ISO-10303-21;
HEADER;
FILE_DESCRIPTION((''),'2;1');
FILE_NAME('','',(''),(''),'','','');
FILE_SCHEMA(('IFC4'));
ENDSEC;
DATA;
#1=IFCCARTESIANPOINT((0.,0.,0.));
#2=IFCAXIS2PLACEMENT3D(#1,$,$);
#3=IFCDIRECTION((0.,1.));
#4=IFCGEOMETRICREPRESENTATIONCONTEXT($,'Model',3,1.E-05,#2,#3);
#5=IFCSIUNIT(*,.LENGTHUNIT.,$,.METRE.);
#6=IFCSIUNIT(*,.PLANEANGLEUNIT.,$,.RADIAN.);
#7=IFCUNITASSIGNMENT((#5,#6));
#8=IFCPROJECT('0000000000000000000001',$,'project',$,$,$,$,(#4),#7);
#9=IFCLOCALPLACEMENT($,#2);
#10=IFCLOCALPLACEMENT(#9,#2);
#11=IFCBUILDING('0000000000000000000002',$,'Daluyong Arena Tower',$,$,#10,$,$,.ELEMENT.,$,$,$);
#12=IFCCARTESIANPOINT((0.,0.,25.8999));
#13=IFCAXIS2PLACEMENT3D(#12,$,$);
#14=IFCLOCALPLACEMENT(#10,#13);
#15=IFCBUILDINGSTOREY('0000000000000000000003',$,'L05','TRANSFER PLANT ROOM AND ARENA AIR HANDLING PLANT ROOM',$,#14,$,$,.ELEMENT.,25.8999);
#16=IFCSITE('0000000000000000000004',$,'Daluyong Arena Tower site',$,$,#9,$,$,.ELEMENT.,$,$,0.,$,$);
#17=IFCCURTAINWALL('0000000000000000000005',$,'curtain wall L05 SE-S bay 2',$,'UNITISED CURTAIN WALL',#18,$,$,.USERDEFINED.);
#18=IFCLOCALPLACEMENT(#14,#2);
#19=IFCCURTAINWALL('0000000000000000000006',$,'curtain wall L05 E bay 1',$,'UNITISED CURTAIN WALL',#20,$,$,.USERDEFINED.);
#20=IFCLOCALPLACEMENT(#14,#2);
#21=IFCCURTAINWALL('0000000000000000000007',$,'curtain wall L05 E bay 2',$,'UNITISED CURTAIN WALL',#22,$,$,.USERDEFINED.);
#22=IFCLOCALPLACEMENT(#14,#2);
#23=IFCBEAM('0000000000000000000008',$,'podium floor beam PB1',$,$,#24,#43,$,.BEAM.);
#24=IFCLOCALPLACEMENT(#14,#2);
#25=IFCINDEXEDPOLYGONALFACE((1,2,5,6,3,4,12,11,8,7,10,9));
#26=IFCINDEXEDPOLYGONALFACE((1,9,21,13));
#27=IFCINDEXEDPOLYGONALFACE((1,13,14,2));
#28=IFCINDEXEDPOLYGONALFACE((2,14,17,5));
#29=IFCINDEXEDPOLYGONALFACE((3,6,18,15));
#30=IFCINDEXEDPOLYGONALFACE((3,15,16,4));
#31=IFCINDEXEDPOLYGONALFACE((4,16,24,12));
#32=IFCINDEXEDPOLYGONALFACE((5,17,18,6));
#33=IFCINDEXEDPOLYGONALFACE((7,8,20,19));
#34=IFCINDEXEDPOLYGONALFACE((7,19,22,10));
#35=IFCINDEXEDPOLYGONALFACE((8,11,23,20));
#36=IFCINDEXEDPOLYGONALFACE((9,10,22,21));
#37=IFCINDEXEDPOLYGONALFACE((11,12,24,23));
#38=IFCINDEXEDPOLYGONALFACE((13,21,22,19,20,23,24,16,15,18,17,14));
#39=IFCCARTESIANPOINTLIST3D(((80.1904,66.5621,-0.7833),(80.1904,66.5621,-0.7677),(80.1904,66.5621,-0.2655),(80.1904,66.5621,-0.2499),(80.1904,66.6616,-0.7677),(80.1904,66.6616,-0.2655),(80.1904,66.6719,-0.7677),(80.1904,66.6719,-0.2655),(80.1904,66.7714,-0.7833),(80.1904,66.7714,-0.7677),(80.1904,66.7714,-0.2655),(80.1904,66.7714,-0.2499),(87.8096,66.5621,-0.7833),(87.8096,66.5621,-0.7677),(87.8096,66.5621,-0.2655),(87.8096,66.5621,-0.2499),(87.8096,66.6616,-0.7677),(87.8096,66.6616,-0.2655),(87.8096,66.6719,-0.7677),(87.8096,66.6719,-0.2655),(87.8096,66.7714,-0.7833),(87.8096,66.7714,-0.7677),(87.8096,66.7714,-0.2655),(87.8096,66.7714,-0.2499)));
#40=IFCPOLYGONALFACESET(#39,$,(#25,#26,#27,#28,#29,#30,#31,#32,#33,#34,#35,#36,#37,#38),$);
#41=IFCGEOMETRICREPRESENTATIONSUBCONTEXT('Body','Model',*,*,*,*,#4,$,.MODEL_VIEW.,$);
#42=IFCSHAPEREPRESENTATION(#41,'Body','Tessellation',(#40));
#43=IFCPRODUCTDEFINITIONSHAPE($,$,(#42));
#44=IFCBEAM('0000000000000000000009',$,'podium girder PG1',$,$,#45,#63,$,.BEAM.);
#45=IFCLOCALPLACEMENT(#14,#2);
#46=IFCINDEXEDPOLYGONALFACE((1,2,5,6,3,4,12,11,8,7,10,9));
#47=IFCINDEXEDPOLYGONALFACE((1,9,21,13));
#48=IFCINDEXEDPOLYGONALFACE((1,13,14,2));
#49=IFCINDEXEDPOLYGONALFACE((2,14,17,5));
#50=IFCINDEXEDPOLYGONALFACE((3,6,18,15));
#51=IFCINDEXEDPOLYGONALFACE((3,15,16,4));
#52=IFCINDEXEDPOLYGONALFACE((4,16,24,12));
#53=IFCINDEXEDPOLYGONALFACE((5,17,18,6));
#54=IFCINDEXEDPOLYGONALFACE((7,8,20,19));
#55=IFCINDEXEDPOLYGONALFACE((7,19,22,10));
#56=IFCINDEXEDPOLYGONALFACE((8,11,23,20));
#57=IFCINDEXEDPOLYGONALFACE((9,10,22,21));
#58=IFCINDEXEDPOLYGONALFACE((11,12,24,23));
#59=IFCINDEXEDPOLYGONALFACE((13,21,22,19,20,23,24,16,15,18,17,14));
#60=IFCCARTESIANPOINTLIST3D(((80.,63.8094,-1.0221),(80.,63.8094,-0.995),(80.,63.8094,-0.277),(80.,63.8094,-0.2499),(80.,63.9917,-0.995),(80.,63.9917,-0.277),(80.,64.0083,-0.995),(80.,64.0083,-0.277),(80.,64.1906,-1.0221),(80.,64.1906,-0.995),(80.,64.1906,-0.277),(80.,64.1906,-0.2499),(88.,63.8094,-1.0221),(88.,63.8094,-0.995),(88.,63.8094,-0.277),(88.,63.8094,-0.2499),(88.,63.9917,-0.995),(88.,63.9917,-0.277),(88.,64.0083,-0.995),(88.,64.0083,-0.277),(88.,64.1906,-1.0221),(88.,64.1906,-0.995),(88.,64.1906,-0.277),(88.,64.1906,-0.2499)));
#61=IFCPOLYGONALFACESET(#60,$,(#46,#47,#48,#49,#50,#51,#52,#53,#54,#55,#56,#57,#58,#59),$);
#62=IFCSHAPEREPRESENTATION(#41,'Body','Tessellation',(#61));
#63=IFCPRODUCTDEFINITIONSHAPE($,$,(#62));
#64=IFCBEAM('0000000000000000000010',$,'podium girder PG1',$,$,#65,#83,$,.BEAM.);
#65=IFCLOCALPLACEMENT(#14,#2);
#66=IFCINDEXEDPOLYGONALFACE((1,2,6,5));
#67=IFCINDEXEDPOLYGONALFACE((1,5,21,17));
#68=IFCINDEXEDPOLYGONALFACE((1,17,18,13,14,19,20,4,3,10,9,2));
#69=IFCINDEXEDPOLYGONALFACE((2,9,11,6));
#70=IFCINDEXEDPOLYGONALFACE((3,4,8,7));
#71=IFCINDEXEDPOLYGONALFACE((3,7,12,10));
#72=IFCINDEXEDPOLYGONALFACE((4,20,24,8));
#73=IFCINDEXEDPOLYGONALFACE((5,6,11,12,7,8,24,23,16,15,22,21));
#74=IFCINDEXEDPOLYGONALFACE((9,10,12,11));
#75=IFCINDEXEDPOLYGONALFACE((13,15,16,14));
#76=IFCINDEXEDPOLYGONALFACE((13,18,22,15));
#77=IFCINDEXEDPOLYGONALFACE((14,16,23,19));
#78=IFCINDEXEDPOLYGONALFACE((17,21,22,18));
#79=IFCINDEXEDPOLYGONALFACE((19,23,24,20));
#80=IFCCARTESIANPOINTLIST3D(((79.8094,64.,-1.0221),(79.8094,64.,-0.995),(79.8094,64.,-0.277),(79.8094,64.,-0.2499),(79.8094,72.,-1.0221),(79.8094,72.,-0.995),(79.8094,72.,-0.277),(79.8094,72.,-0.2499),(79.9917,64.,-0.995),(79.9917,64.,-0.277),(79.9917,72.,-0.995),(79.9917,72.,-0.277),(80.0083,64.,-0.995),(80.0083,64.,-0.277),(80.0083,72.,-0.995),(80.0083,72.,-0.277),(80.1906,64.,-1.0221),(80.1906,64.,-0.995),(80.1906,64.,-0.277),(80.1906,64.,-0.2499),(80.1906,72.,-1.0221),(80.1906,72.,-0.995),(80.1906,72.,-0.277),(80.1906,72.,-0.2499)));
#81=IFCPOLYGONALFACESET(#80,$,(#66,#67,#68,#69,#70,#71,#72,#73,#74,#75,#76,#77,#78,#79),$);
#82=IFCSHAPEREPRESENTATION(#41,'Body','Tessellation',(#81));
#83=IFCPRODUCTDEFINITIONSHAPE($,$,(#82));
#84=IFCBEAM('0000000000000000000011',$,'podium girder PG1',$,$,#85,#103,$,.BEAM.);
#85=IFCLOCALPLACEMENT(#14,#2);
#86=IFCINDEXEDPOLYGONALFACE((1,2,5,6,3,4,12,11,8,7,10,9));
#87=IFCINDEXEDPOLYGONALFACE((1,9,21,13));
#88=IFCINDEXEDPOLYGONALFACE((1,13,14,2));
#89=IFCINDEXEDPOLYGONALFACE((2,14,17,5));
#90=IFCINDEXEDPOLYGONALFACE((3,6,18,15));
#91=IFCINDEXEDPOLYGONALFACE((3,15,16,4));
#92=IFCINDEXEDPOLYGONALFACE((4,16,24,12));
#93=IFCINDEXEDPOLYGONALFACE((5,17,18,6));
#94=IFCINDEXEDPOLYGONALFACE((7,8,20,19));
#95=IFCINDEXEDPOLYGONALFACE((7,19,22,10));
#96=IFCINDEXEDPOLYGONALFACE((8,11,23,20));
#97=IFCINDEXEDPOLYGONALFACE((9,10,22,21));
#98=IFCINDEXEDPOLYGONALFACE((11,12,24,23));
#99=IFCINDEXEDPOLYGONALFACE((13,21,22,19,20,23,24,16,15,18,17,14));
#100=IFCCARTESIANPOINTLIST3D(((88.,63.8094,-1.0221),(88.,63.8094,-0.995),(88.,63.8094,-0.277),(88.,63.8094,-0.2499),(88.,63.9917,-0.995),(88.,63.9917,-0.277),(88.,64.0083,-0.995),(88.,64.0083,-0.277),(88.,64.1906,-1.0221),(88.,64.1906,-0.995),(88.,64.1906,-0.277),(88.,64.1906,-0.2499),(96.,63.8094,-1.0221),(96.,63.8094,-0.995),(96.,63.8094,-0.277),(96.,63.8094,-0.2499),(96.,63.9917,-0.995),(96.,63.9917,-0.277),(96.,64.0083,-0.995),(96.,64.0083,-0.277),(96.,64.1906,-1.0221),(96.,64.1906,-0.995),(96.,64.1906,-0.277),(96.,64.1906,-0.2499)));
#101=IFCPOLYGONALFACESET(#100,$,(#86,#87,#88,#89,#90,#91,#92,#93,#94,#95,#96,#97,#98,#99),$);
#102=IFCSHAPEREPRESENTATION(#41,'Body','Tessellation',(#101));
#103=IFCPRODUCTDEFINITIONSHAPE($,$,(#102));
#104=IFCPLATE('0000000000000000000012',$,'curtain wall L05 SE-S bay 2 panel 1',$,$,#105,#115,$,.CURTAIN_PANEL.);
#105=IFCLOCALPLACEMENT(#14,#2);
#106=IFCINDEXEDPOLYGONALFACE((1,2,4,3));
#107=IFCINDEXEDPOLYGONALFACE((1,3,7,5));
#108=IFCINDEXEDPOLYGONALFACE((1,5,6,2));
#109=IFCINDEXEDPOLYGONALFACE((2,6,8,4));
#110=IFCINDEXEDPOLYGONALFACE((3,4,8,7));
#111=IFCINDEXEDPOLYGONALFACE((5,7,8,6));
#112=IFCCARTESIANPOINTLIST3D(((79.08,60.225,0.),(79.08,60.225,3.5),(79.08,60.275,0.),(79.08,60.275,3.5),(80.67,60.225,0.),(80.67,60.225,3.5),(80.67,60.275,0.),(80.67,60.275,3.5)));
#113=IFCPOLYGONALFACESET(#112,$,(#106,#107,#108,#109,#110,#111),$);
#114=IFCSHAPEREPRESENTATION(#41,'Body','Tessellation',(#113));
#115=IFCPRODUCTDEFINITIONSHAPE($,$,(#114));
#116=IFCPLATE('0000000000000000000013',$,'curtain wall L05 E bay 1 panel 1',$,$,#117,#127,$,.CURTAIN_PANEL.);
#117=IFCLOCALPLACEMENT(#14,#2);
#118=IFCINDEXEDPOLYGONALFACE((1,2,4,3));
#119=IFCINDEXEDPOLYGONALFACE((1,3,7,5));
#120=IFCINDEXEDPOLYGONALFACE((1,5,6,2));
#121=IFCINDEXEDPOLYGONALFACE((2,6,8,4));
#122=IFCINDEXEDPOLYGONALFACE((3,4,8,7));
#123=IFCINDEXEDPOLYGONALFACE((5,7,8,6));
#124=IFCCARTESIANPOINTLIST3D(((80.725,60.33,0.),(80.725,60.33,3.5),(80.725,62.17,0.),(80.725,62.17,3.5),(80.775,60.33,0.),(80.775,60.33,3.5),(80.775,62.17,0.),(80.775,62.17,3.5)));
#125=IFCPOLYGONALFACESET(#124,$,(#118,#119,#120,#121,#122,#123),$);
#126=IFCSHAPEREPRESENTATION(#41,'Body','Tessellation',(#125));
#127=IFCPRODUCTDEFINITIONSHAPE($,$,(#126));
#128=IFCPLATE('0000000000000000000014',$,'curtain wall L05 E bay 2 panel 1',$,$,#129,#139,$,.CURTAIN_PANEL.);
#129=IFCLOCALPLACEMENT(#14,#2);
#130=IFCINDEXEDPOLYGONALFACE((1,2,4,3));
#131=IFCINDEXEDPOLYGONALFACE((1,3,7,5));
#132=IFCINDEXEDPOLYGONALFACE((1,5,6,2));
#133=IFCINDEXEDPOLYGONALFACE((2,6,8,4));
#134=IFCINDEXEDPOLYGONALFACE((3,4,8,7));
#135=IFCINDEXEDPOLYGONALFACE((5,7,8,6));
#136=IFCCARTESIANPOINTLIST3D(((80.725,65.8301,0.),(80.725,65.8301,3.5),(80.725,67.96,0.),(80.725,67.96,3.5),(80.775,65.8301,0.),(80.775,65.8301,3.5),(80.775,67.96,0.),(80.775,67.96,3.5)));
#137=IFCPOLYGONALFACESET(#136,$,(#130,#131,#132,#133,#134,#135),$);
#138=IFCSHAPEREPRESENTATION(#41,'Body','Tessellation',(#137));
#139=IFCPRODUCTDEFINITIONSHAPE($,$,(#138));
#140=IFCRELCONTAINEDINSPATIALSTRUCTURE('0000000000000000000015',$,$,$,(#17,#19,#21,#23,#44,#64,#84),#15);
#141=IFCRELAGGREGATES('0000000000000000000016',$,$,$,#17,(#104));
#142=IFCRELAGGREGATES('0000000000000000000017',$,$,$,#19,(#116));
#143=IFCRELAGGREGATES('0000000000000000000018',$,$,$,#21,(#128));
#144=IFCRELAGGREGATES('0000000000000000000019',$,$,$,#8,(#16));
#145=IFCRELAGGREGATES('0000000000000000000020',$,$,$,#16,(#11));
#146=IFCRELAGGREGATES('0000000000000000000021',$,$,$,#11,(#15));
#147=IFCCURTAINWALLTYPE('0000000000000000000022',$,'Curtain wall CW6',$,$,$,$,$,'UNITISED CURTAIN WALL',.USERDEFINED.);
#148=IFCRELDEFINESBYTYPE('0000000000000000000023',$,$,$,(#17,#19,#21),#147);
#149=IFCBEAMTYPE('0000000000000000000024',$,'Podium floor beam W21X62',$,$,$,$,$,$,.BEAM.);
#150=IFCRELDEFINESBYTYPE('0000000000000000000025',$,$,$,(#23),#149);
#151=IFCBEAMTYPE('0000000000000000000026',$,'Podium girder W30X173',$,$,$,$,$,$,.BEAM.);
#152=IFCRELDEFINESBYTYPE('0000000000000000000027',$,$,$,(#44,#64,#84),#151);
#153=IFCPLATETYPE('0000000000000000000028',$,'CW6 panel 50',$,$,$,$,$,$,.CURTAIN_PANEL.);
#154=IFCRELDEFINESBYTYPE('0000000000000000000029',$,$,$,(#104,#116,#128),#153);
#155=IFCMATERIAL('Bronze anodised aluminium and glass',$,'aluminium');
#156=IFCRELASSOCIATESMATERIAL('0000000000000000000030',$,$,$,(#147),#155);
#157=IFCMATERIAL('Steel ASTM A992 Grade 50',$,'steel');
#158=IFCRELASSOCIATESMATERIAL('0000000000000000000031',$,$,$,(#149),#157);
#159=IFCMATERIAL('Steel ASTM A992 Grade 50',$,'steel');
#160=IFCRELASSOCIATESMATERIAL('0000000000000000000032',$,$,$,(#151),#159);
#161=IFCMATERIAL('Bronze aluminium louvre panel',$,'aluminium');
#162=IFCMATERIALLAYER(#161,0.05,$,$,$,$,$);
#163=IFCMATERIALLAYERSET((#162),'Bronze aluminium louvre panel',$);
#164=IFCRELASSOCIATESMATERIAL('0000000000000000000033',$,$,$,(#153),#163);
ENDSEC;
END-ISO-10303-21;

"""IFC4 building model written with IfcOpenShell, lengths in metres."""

from ifc_helpers import new_model, si_unit, direction, frame, origin, origin_2d, place, context, subcontext, project, spatial, rectangle, i_section, extrude, material, layer, layer_set, material_profile, profile_set, type_object, element, aggregate, save


model = new_model("IFC4")

# Units and contexts
model_context = context("Model", 3, precision=1e-05, world=origin(), true_north=direction((0.0, 1.0)))
body_context = subcontext(model_context, "Body", "Model", "MODEL_VIEW")
ifc_project = project(units=[si_unit("LENGTHUNIT", "METRE"), si_unit("PLANEANGLEUNIT", "RADIAN")], contexts=[model_context])

# Site, building, storey
site_placement = place(None, origin())
site = spatial("IfcSite", under=ifc_project, at=site_placement, Name="Daluyong Arena Tower site", CompositionType="ELEMENT", RefElevation=0.0)
building_placement = place(site_placement, origin())
building = spatial("IfcBuilding", under=site, at=building_placement, Name="Daluyong Arena Tower", CompositionType="ELEMENT")
storey_placement = place(building_placement, frame((0.0, 0.0, 25.8999)))
storey = spatial("IfcBuildingStorey", under=building, at=storey_placement, Name="L05", Description="TRANSFER PLANT ROOM AND ARENA AIR HANDLING PLANT ROOM", CompositionType="ELEMENT", Elevation=25.8999)

# Curtain walls
ifc_material_1 = material(Name="Bronze anodised aluminium and glass", Category="aluminium")
curtain_wall_type = type_object("IfcCurtainWallType", Name="Curtain wall CW6", ElementType="UNITISED CURTAIN WALL", PredefinedType="USERDEFINED", material=ifc_material_1)
curtain_wall_1_placement = place(storey_placement, origin())
curtain_wall_1 = element("IfcCurtainWall", 1, at=curtain_wall_1_placement, inside=storey, type_object=curtain_wall_type, Name="curtain wall L05 SE-S bay 2", ObjectType="UNITISED CURTAIN WALL", PredefinedType="USERDEFINED")
curtain_wall_2_placement = place(storey_placement, origin())
curtain_wall_2 = element("IfcCurtainWall", 2, at=curtain_wall_2_placement, inside=storey, type_object=curtain_wall_type, Name="curtain wall L05 E bay 1", ObjectType="UNITISED CURTAIN WALL", PredefinedType="USERDEFINED")
curtain_wall_3_placement = place(storey_placement, origin())
curtain_wall_3 = element("IfcCurtainWall", 3, at=curtain_wall_3_placement, inside=storey, type_object=curtain_wall_type, Name="curtain wall L05 E bay 2", ObjectType="UNITISED CURTAIN WALL", PredefinedType="USERDEFINED")

# Beams
ifc_material_2 = material(Name="Steel ASTM A992 Grade 50", Category="steel")
ifc_material_profile_1 = material_profile(ifc_material_2, i_section(OverallWidth=0.2092, OverallDepth=0.5334, WebThickness=0.0103, FlangeThickness=0.0156, at=origin_2d()))
ifc_profile_set_1 = profile_set([ifc_material_profile_1], Name="Steel ASTM A992 Grade 50")
beam_type_1 = type_object("IfcBeamType", Name="Podium floor beam W21X62", PredefinedType="BEAM", material=ifc_profile_set_1)
beam_placement = place(storey_placement, frame((80.1904, 66.6667, -0.5166), z_axis=(1.0, 0.0, 0.0), x_axis=(0.0, 1.0, 0.0)))
element("IfcBeam", 4, at=beam_placement, inside=storey, type_object=beam_type_1, Name="podium floor beam PB1", PredefinedType="BEAM", context=body_context, shape_type="SweptSolid", body=[
    extrude(i_section(OverallWidth=0.2092, OverallDepth=0.5334, WebThickness=0.0103, FlangeThickness=0.0156, at=origin_2d()), origin(), (0.0, 0.0, 1.0), 7.6191),
])
ifc_material_3 = material(Name="Steel ASTM A992 Grade 50", Category="steel")
ifc_material_profile_2 = material_profile(ifc_material_3, i_section(OverallWidth=0.3811, OverallDepth=0.7722, WebThickness=0.0166, FlangeThickness=0.0271, at=origin_2d()))
ifc_profile_set_2 = profile_set([ifc_material_profile_2], Name="Steel ASTM A992 Grade 50")
beam_type_2 = type_object("IfcBeamType", Name="Podium girder W30X173", PredefinedType="BEAM", material=ifc_profile_set_2)
for number, where, z_axis, x_axis, name in (
    (5, (80.0, 64.0, -0.636), (1.0, 0.0, 0.0), (0.0, 1.0, 0.0), "podium girder PG1"),
    (6, (80.0, 64.0, -0.636), (0.0, 1.0, 0.0), (-1.0, 0.0, 0.0), "podium girder PG1"),
    (7, (88.0, 64.0, -0.636), (1.0, 0.0, 0.0), (0.0, 1.0, 0.0), "podium girder PG1"),
):
    element("IfcBeam", number, at=place(storey_placement, frame(where, z_axis=z_axis, x_axis=x_axis)), inside=storey, type_object=beam_type_2, Name=name, PredefinedType="BEAM", context=body_context, shape_type="SweptSolid", body=[
        extrude(i_section(OverallWidth=0.3811, OverallDepth=0.7722, WebThickness=0.0166, FlangeThickness=0.0271, at=origin_2d()), origin(), (0.0, 0.0, 1.0), 8.0),
    ])

# Plates
ifc_material_4 = material(Name="Bronze aluminium louvre panel", Category="aluminium")
ifc_layer = layer(ifc_material_4, 0.05)
ifc_layer_set = layer_set([ifc_layer], Name="Bronze aluminium louvre panel")
plate_type = type_object("IfcPlateType", Name="CW6 panel 50", PredefinedType="CURTAIN_PANEL", material=ifc_layer_set)
plate_1_placement = place(storey_placement, frame((79.875, 60.25, 0.0), z_axis=(0.0, 0.0, 1.0), x_axis=(1.0, 0.0, 0.0)))
plate_1 = element("IfcPlate", 8, at=plate_1_placement, type_object=plate_type, Name="curtain wall L05 SE-S bay 2 panel 1", PredefinedType="CURTAIN_PANEL", context=body_context, shape_type="SweptSolid", body=[
    extrude(rectangle(XDim=1.5901, YDim=0.05, at=origin_2d()), origin(), (0.0, 0.0, 1.0), 3.5),
])
aggregate(curtain_wall_1, [plate_1])
plate_2_placement = place(storey_placement, frame((80.75, 61.25, 0.0), z_axis=(0.0, 0.0, 1.0), x_axis=(0.0, 1.0, 0.0)))
plate_2 = element("IfcPlate", 9, at=plate_2_placement, type_object=plate_type, Name="curtain wall L05 E bay 1 panel 1", PredefinedType="CURTAIN_PANEL", context=body_context, shape_type="SweptSolid", body=[
    extrude(rectangle(XDim=1.8401, YDim=0.05, at=origin_2d()), origin(), (0.0, 0.0, 1.0), 3.5),
])
aggregate(curtain_wall_2, [plate_2])
plate_3_placement = place(storey_placement, frame((80.75, 66.895, 0.0), z_axis=(0.0, 0.0, 1.0), x_axis=(0.0, 1.0, 0.0)))
plate_3 = element("IfcPlate", 10, at=plate_3_placement, type_object=plate_type, Name="curtain wall L05 E bay 2 panel 1", PredefinedType="CURTAIN_PANEL", context=body_context, shape_type="SweptSolid", body=[
    extrude(rectangle(XDim=2.1299, YDim=0.05, at=origin_2d()), origin(), (0.0, 0.0, 1.0), 3.5),
])
aggregate(curtain_wall_3, [plate_3])

save(model, "model.ifc")
